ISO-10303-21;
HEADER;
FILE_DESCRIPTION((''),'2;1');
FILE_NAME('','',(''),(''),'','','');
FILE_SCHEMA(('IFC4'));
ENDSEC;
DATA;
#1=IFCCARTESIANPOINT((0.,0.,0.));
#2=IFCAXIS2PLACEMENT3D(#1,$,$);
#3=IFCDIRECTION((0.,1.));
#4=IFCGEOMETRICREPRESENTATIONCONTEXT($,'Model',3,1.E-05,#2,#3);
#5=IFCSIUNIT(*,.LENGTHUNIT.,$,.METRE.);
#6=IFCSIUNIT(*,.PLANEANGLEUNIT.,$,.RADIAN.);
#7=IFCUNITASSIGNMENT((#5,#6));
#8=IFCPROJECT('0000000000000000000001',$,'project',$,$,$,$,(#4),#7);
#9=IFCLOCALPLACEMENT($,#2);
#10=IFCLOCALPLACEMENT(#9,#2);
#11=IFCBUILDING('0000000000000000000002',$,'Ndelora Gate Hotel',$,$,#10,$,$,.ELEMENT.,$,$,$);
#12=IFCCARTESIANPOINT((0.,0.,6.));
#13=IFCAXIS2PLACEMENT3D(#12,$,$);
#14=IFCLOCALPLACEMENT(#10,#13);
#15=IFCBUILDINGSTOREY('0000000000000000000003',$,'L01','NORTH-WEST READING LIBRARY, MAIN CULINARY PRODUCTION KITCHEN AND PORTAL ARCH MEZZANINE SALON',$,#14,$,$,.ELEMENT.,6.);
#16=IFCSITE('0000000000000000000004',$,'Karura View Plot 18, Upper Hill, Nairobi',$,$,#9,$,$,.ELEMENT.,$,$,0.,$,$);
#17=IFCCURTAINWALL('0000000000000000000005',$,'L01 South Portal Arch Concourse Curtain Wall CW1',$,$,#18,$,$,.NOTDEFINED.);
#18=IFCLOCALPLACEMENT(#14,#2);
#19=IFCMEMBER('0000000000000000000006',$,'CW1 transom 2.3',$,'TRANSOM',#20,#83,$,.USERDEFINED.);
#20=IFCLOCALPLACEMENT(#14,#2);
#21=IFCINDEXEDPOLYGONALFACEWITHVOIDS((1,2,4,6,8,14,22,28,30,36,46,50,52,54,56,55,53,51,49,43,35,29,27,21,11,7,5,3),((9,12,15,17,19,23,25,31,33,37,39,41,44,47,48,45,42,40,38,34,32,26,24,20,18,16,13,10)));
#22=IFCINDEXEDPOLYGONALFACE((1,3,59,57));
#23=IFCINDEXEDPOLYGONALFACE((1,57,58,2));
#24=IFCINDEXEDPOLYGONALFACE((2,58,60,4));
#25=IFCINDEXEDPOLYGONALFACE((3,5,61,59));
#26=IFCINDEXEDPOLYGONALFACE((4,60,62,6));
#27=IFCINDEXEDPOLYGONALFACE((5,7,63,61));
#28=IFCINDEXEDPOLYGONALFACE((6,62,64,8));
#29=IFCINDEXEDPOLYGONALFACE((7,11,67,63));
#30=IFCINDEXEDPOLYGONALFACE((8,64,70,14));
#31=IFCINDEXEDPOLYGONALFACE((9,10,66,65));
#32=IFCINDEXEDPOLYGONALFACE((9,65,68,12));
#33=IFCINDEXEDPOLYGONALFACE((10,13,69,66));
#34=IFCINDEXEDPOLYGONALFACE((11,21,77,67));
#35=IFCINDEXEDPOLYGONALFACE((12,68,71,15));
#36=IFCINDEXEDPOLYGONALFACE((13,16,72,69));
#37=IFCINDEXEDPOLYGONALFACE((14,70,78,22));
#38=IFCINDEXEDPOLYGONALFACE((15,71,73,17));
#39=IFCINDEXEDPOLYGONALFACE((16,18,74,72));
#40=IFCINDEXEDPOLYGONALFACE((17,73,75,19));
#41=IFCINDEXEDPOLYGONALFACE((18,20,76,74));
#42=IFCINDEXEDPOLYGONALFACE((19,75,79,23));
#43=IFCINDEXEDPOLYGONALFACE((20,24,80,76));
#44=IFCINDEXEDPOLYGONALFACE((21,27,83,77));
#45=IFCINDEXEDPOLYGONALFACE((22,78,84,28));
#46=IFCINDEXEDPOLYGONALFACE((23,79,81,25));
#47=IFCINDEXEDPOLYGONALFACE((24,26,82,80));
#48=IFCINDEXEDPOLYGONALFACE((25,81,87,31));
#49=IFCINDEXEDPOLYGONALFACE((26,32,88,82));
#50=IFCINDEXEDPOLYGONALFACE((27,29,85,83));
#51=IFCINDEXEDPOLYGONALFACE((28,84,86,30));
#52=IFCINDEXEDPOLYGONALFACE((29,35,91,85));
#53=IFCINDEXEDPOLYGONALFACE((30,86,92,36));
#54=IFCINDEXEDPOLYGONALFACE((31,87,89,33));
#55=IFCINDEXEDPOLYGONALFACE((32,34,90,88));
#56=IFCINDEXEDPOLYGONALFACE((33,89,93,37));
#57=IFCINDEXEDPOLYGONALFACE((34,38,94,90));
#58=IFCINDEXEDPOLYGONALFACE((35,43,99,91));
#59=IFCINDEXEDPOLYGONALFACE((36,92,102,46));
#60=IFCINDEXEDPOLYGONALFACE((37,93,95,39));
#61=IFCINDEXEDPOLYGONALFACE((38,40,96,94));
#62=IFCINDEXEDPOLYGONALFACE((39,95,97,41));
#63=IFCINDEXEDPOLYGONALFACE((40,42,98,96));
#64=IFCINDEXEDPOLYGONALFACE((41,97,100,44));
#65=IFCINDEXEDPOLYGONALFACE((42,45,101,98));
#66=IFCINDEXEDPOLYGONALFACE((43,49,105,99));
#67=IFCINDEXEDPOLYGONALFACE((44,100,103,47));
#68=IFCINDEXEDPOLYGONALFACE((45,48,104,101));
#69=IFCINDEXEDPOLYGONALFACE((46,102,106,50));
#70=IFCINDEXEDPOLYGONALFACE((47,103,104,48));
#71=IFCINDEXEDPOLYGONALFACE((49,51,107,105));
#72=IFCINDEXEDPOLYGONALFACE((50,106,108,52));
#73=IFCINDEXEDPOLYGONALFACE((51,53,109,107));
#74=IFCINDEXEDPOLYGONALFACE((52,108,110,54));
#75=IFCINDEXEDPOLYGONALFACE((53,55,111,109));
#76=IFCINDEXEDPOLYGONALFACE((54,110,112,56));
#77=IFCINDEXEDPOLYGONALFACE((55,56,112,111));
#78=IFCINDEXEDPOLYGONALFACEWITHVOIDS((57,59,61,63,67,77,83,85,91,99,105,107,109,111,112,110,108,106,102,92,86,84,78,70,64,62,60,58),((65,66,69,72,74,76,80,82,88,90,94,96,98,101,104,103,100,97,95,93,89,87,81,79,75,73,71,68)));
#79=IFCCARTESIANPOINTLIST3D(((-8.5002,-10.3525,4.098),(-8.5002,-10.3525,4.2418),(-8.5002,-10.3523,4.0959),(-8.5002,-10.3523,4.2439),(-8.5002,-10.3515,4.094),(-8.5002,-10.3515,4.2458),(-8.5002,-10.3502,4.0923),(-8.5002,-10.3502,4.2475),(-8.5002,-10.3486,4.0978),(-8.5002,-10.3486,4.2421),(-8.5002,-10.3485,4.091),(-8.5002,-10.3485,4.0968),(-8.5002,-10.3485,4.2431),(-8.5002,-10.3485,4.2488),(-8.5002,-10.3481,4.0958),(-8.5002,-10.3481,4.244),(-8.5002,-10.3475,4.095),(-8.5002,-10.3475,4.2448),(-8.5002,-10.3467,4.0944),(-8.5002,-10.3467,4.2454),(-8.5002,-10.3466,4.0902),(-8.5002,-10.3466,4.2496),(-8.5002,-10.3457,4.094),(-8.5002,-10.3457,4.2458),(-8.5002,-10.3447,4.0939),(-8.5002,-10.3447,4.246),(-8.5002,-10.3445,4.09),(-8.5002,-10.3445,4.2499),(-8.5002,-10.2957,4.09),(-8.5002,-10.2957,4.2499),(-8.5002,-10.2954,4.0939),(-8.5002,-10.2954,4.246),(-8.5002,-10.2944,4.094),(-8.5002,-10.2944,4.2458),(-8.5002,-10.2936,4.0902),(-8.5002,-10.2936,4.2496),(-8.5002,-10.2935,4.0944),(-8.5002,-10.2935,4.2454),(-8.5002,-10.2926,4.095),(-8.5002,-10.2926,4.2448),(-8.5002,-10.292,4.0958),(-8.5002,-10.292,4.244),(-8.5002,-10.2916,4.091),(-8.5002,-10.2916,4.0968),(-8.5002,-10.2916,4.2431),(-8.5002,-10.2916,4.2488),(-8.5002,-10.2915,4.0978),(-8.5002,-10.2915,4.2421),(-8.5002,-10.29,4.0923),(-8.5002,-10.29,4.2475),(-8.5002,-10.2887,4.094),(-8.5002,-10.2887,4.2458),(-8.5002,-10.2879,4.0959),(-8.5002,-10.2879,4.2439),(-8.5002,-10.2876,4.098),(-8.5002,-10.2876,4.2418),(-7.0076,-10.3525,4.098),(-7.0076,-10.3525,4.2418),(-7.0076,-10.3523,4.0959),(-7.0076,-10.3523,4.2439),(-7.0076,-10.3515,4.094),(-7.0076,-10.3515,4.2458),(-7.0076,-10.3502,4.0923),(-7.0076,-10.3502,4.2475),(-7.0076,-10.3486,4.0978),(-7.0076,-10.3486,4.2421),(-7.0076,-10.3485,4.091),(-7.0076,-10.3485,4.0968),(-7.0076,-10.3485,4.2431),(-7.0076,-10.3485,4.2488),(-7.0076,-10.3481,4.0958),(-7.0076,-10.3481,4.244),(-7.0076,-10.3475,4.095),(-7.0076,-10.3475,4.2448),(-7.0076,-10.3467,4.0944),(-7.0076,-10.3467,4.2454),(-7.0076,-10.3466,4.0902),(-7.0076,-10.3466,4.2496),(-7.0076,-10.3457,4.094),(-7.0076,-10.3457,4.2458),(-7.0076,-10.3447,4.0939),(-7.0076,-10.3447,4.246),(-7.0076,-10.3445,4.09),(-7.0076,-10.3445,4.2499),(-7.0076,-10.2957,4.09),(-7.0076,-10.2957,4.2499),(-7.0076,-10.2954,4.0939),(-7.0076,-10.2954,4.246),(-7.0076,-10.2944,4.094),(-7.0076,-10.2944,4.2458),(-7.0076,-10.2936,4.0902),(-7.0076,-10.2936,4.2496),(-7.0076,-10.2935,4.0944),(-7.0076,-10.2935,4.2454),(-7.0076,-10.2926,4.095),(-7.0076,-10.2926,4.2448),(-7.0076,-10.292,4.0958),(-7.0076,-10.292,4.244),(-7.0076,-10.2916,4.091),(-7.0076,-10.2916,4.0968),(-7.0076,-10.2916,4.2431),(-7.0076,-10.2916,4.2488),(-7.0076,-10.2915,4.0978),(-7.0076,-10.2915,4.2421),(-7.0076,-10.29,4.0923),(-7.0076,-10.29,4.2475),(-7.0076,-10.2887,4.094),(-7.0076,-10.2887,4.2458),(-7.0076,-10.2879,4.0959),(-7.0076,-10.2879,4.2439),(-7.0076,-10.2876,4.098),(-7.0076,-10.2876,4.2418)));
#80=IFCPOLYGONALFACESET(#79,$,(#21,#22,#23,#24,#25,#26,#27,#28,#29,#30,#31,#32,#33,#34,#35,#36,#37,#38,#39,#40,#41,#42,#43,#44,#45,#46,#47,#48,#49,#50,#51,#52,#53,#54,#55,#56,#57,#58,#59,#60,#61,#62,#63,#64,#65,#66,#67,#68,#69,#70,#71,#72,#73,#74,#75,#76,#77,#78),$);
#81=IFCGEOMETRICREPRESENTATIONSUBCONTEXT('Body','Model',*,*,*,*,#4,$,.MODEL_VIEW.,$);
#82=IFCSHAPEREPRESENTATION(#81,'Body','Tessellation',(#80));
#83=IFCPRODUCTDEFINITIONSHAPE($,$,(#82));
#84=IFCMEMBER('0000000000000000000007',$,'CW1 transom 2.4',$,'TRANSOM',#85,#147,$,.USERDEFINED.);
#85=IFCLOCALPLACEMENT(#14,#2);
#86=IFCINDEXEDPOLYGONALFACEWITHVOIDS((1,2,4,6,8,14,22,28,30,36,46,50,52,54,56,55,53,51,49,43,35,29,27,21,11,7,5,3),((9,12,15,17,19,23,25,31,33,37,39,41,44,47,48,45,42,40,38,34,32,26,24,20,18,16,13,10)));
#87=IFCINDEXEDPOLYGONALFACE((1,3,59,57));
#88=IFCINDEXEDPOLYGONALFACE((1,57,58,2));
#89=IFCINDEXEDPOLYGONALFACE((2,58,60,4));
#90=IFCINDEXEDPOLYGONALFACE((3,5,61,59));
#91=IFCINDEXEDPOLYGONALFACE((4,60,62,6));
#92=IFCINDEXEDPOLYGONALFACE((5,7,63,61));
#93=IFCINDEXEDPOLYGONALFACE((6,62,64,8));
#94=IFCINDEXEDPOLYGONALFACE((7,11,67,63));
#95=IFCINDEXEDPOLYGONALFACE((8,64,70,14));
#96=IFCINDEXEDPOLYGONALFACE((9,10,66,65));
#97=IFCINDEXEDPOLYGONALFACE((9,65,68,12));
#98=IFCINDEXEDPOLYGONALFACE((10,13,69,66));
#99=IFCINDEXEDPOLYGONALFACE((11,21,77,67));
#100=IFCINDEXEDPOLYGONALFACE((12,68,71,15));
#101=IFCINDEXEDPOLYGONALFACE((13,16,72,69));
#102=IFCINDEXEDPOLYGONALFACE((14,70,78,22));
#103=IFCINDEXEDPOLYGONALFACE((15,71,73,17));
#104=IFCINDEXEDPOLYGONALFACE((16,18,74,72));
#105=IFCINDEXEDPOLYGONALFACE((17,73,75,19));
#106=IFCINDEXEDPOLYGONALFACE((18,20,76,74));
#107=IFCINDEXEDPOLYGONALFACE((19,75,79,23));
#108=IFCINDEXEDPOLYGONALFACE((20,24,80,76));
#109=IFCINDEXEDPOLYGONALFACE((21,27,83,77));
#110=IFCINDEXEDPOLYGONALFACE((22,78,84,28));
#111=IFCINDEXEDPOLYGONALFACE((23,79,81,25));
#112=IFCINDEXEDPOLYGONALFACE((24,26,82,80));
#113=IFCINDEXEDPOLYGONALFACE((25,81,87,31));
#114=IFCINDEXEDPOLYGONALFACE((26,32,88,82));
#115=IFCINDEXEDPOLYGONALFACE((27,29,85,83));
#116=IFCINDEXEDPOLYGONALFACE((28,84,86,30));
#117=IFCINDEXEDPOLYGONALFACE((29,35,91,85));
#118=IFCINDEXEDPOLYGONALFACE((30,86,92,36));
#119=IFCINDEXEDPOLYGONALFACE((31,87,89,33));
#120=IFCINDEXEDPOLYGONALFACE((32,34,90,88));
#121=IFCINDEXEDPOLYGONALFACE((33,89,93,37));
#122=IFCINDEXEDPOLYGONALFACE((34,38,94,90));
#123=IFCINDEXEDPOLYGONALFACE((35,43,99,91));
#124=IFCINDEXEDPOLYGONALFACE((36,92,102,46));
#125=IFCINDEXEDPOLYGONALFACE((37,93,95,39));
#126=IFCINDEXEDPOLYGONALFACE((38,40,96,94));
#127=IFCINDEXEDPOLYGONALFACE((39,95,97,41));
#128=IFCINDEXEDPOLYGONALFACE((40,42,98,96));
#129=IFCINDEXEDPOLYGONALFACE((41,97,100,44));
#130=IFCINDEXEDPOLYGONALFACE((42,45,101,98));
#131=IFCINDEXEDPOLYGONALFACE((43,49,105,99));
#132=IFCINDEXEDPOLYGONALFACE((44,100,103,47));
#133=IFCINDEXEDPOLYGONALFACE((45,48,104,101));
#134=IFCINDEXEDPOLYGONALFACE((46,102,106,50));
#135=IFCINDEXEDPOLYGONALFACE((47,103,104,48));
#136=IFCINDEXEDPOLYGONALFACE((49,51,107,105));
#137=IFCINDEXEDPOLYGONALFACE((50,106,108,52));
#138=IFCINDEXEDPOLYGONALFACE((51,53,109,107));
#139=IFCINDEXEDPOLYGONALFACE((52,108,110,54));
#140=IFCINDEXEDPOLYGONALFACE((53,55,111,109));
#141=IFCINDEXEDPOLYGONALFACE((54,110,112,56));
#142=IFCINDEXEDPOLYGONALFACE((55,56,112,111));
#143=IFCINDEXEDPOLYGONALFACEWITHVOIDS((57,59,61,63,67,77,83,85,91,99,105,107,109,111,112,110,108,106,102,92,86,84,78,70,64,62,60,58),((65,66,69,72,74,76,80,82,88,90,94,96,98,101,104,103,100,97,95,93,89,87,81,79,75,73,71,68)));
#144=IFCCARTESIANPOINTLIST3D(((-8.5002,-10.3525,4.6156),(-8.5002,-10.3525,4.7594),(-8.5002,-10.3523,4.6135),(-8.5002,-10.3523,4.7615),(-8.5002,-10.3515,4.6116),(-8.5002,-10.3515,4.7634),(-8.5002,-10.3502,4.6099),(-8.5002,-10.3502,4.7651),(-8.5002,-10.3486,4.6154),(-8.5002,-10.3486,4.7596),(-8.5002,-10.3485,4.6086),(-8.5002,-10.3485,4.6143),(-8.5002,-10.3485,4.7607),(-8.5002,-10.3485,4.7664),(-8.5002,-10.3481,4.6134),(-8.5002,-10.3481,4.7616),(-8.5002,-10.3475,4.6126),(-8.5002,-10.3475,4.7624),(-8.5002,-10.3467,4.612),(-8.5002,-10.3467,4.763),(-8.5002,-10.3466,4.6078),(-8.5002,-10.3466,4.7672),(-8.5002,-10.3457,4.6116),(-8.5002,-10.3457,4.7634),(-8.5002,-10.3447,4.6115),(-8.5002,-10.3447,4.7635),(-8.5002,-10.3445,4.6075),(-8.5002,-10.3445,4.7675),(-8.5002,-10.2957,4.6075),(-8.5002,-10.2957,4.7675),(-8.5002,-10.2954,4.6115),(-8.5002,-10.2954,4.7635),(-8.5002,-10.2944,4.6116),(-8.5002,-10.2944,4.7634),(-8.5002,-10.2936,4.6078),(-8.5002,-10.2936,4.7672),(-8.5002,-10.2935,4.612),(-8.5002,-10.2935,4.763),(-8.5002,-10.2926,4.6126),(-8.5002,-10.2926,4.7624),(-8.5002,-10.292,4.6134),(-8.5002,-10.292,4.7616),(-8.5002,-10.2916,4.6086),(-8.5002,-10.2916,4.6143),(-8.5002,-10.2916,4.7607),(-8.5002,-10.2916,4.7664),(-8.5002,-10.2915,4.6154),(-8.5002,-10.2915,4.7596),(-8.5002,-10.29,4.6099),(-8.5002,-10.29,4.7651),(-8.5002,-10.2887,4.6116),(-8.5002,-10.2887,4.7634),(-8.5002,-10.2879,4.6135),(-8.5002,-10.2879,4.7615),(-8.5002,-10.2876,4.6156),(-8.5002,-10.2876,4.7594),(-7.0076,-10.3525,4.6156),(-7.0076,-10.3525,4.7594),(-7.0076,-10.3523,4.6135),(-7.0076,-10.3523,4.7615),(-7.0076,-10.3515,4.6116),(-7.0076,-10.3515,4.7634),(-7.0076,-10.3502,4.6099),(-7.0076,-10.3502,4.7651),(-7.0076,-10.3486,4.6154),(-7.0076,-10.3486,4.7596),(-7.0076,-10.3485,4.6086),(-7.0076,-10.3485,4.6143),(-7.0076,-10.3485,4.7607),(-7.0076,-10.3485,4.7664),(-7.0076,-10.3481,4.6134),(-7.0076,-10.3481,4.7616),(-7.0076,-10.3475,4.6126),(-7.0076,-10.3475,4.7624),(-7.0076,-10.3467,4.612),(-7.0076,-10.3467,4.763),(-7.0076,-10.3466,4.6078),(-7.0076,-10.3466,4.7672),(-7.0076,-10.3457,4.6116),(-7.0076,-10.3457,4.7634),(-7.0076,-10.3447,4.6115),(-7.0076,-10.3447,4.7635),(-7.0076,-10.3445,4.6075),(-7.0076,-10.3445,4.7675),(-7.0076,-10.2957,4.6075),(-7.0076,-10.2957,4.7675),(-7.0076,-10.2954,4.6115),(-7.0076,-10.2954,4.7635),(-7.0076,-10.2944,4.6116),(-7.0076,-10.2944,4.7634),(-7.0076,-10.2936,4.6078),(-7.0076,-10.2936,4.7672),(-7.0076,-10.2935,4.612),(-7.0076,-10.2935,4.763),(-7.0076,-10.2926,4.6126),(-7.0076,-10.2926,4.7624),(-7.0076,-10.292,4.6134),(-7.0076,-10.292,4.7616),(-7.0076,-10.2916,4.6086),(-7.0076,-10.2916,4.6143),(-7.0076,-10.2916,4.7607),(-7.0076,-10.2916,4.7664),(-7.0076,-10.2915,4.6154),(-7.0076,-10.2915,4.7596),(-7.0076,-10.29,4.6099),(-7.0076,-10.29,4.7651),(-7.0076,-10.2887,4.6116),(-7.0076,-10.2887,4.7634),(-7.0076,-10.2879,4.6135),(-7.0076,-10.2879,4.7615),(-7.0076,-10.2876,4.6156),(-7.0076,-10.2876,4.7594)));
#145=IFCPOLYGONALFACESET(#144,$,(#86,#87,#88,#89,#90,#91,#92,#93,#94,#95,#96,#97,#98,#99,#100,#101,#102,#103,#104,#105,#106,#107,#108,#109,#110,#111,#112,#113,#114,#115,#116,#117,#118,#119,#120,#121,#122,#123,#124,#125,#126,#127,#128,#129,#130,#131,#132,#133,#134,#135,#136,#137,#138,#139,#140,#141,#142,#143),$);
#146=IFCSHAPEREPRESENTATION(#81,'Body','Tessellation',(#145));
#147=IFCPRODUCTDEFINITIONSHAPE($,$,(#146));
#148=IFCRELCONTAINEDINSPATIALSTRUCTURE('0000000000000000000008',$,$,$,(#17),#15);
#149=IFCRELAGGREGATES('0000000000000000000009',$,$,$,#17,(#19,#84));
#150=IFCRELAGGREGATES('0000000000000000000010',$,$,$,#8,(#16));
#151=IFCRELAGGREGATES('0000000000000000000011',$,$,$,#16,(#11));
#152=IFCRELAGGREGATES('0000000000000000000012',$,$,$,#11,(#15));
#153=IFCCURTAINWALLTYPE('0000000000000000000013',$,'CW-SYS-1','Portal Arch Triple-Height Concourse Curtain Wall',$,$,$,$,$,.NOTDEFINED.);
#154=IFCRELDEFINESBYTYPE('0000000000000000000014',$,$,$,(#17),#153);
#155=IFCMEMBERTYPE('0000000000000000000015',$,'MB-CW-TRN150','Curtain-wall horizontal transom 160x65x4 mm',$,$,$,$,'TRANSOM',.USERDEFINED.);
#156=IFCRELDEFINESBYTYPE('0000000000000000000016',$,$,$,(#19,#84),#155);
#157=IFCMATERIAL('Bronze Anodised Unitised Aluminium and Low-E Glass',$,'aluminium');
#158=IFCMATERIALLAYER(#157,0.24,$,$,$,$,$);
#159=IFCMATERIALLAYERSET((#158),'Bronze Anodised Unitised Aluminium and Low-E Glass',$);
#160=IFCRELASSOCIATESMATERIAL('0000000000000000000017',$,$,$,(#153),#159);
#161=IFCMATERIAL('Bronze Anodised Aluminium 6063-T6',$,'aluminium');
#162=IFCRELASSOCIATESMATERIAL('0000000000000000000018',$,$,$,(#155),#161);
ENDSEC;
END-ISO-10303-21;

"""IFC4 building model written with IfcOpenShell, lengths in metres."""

from ifc_helpers import new_model, si_unit, direction, frame, origin, origin_2d, place, context, subcontext, project, spatial, hollow_rectangle, extrude, material, layer, layer_set, material_profile, profile_set, type_object, element, aggregate, save


model = new_model("IFC4")

# Units and contexts
model_context = context("Model", 3, precision=1e-05, world=origin(), true_north=direction((0.0, 1.0)))
body_context = subcontext(model_context, "Body", "Model", "MODEL_VIEW")
ifc_project = project(units=[si_unit("LENGTHUNIT", "METRE"), si_unit("PLANEANGLEUNIT", "RADIAN")], contexts=[model_context])

# Site, building, storey
site_placement = place(None, origin())
site = spatial("IfcSite", under=ifc_project, at=site_placement, Name="Karura View Plot 18, Upper Hill, Nairobi", CompositionType="ELEMENT", RefElevation=0.0)
building_placement = place(site_placement, origin())
building = spatial("IfcBuilding", under=site, at=building_placement, Name="Ndelora Gate Hotel", CompositionType="ELEMENT")
storey_placement = place(building_placement, frame((0.0, 0.0, 6.0)))
storey = spatial("IfcBuildingStorey", under=building, at=storey_placement, Name="L01", Description="NORTH-WEST READING LIBRARY, MAIN CULINARY PRODUCTION KITCHEN AND PORTAL ARCH MEZZANINE SALON", CompositionType="ELEMENT", Elevation=6.0)

# Curtain wall, members
ifc_material_1 = material(Name="Bronze Anodised Unitised Aluminium and Low-E Glass", Category="aluminium")
ifc_layer_1 = layer(ifc_material_1, 0.24)
ifc_layer_set_1 = layer_set([ifc_layer_1], Name="Bronze Anodised Unitised Aluminium and Low-E Glass")
curtain_wall_type = type_object("IfcCurtainWallType", Name="CW-SYS-1", Description="Portal Arch Triple-Height Concourse Curtain Wall", PredefinedType="NOTDEFINED", material=ifc_layer_set_1)
curtain_wall_placement = place(storey_placement, origin())
curtain_wall = element("IfcCurtainWall", 1, at=curtain_wall_placement, inside=storey, type_object=curtain_wall_type, Name="L01 South Portal Arch Concourse Curtain Wall CW1", PredefinedType="NOTDEFINED")
ifc_material_2 = material(Name="Bronze Anodised Aluminium 6063-T6", Category="aluminium")
ifc_material_profile_1 = material_profile(ifc_material_2, hollow_rectangle(XDim=0.0649, YDim=0.1599, WallThickness=0.0039, InnerFilletRadius=0.0039, OuterFilletRadius=0.0081, at=origin_2d()), Name="ALU 160x65x4")
ifc_profile_set_1 = profile_set([ifc_material_profile_1], Name="Bronze Anodised Aluminium 6063-T6")
member_type_1 = type_object("IfcMemberType", Name="MB-CW-TRN150", Description="Curtain-wall horizontal transom 160x65x4 mm", ElementType="TRANSOM", PredefinedType="USERDEFINED", material=ifc_profile_set_1)
member_1_placement = place(storey_placement, frame((-8.5002, -10.3201, 4.1699), z_axis=(1.0, 0.0, 0.0), x_axis=(0.0, 1.0, 0.0)))
member_1 = element("IfcMember", 2, at=member_1_placement, type_object=member_type_1, Name="CW1 transom 2.3", ObjectType="TRANSOM", PredefinedType="USERDEFINED", context=body_context, shape_type="SweptSolid", body=[
    extrude(hollow_rectangle(XDim=0.0649, YDim=0.1599, WallThickness=0.0039, InnerFilletRadius=0.0039, OuterFilletRadius=0.0081, at=origin_2d()), origin(), (0.0, 0.0, 1.0), 1.4927),
])
member_2_placement = place(storey_placement, frame((-8.5002, -10.3201, 4.6875), z_axis=(1.0, 0.0, 0.0), x_axis=(0.0, 1.0, 0.0)))
member_2 = element("IfcMember", 3, at=member_2_placement, type_object=member_type_1, Name="CW1 transom 2.4", ObjectType="TRANSOM", PredefinedType="USERDEFINED", context=body_context, shape_type="SweptSolid", body=[
    extrude(hollow_rectangle(XDim=0.0649, YDim=0.1599, WallThickness=0.0039, InnerFilletRadius=0.0039, OuterFilletRadius=0.0081, at=origin_2d()), origin(), (0.0, 0.0, 1.0), 1.4927),
])
aggregate(curtain_wall, [member_1, member_2])

save(model, "model.ifc")
